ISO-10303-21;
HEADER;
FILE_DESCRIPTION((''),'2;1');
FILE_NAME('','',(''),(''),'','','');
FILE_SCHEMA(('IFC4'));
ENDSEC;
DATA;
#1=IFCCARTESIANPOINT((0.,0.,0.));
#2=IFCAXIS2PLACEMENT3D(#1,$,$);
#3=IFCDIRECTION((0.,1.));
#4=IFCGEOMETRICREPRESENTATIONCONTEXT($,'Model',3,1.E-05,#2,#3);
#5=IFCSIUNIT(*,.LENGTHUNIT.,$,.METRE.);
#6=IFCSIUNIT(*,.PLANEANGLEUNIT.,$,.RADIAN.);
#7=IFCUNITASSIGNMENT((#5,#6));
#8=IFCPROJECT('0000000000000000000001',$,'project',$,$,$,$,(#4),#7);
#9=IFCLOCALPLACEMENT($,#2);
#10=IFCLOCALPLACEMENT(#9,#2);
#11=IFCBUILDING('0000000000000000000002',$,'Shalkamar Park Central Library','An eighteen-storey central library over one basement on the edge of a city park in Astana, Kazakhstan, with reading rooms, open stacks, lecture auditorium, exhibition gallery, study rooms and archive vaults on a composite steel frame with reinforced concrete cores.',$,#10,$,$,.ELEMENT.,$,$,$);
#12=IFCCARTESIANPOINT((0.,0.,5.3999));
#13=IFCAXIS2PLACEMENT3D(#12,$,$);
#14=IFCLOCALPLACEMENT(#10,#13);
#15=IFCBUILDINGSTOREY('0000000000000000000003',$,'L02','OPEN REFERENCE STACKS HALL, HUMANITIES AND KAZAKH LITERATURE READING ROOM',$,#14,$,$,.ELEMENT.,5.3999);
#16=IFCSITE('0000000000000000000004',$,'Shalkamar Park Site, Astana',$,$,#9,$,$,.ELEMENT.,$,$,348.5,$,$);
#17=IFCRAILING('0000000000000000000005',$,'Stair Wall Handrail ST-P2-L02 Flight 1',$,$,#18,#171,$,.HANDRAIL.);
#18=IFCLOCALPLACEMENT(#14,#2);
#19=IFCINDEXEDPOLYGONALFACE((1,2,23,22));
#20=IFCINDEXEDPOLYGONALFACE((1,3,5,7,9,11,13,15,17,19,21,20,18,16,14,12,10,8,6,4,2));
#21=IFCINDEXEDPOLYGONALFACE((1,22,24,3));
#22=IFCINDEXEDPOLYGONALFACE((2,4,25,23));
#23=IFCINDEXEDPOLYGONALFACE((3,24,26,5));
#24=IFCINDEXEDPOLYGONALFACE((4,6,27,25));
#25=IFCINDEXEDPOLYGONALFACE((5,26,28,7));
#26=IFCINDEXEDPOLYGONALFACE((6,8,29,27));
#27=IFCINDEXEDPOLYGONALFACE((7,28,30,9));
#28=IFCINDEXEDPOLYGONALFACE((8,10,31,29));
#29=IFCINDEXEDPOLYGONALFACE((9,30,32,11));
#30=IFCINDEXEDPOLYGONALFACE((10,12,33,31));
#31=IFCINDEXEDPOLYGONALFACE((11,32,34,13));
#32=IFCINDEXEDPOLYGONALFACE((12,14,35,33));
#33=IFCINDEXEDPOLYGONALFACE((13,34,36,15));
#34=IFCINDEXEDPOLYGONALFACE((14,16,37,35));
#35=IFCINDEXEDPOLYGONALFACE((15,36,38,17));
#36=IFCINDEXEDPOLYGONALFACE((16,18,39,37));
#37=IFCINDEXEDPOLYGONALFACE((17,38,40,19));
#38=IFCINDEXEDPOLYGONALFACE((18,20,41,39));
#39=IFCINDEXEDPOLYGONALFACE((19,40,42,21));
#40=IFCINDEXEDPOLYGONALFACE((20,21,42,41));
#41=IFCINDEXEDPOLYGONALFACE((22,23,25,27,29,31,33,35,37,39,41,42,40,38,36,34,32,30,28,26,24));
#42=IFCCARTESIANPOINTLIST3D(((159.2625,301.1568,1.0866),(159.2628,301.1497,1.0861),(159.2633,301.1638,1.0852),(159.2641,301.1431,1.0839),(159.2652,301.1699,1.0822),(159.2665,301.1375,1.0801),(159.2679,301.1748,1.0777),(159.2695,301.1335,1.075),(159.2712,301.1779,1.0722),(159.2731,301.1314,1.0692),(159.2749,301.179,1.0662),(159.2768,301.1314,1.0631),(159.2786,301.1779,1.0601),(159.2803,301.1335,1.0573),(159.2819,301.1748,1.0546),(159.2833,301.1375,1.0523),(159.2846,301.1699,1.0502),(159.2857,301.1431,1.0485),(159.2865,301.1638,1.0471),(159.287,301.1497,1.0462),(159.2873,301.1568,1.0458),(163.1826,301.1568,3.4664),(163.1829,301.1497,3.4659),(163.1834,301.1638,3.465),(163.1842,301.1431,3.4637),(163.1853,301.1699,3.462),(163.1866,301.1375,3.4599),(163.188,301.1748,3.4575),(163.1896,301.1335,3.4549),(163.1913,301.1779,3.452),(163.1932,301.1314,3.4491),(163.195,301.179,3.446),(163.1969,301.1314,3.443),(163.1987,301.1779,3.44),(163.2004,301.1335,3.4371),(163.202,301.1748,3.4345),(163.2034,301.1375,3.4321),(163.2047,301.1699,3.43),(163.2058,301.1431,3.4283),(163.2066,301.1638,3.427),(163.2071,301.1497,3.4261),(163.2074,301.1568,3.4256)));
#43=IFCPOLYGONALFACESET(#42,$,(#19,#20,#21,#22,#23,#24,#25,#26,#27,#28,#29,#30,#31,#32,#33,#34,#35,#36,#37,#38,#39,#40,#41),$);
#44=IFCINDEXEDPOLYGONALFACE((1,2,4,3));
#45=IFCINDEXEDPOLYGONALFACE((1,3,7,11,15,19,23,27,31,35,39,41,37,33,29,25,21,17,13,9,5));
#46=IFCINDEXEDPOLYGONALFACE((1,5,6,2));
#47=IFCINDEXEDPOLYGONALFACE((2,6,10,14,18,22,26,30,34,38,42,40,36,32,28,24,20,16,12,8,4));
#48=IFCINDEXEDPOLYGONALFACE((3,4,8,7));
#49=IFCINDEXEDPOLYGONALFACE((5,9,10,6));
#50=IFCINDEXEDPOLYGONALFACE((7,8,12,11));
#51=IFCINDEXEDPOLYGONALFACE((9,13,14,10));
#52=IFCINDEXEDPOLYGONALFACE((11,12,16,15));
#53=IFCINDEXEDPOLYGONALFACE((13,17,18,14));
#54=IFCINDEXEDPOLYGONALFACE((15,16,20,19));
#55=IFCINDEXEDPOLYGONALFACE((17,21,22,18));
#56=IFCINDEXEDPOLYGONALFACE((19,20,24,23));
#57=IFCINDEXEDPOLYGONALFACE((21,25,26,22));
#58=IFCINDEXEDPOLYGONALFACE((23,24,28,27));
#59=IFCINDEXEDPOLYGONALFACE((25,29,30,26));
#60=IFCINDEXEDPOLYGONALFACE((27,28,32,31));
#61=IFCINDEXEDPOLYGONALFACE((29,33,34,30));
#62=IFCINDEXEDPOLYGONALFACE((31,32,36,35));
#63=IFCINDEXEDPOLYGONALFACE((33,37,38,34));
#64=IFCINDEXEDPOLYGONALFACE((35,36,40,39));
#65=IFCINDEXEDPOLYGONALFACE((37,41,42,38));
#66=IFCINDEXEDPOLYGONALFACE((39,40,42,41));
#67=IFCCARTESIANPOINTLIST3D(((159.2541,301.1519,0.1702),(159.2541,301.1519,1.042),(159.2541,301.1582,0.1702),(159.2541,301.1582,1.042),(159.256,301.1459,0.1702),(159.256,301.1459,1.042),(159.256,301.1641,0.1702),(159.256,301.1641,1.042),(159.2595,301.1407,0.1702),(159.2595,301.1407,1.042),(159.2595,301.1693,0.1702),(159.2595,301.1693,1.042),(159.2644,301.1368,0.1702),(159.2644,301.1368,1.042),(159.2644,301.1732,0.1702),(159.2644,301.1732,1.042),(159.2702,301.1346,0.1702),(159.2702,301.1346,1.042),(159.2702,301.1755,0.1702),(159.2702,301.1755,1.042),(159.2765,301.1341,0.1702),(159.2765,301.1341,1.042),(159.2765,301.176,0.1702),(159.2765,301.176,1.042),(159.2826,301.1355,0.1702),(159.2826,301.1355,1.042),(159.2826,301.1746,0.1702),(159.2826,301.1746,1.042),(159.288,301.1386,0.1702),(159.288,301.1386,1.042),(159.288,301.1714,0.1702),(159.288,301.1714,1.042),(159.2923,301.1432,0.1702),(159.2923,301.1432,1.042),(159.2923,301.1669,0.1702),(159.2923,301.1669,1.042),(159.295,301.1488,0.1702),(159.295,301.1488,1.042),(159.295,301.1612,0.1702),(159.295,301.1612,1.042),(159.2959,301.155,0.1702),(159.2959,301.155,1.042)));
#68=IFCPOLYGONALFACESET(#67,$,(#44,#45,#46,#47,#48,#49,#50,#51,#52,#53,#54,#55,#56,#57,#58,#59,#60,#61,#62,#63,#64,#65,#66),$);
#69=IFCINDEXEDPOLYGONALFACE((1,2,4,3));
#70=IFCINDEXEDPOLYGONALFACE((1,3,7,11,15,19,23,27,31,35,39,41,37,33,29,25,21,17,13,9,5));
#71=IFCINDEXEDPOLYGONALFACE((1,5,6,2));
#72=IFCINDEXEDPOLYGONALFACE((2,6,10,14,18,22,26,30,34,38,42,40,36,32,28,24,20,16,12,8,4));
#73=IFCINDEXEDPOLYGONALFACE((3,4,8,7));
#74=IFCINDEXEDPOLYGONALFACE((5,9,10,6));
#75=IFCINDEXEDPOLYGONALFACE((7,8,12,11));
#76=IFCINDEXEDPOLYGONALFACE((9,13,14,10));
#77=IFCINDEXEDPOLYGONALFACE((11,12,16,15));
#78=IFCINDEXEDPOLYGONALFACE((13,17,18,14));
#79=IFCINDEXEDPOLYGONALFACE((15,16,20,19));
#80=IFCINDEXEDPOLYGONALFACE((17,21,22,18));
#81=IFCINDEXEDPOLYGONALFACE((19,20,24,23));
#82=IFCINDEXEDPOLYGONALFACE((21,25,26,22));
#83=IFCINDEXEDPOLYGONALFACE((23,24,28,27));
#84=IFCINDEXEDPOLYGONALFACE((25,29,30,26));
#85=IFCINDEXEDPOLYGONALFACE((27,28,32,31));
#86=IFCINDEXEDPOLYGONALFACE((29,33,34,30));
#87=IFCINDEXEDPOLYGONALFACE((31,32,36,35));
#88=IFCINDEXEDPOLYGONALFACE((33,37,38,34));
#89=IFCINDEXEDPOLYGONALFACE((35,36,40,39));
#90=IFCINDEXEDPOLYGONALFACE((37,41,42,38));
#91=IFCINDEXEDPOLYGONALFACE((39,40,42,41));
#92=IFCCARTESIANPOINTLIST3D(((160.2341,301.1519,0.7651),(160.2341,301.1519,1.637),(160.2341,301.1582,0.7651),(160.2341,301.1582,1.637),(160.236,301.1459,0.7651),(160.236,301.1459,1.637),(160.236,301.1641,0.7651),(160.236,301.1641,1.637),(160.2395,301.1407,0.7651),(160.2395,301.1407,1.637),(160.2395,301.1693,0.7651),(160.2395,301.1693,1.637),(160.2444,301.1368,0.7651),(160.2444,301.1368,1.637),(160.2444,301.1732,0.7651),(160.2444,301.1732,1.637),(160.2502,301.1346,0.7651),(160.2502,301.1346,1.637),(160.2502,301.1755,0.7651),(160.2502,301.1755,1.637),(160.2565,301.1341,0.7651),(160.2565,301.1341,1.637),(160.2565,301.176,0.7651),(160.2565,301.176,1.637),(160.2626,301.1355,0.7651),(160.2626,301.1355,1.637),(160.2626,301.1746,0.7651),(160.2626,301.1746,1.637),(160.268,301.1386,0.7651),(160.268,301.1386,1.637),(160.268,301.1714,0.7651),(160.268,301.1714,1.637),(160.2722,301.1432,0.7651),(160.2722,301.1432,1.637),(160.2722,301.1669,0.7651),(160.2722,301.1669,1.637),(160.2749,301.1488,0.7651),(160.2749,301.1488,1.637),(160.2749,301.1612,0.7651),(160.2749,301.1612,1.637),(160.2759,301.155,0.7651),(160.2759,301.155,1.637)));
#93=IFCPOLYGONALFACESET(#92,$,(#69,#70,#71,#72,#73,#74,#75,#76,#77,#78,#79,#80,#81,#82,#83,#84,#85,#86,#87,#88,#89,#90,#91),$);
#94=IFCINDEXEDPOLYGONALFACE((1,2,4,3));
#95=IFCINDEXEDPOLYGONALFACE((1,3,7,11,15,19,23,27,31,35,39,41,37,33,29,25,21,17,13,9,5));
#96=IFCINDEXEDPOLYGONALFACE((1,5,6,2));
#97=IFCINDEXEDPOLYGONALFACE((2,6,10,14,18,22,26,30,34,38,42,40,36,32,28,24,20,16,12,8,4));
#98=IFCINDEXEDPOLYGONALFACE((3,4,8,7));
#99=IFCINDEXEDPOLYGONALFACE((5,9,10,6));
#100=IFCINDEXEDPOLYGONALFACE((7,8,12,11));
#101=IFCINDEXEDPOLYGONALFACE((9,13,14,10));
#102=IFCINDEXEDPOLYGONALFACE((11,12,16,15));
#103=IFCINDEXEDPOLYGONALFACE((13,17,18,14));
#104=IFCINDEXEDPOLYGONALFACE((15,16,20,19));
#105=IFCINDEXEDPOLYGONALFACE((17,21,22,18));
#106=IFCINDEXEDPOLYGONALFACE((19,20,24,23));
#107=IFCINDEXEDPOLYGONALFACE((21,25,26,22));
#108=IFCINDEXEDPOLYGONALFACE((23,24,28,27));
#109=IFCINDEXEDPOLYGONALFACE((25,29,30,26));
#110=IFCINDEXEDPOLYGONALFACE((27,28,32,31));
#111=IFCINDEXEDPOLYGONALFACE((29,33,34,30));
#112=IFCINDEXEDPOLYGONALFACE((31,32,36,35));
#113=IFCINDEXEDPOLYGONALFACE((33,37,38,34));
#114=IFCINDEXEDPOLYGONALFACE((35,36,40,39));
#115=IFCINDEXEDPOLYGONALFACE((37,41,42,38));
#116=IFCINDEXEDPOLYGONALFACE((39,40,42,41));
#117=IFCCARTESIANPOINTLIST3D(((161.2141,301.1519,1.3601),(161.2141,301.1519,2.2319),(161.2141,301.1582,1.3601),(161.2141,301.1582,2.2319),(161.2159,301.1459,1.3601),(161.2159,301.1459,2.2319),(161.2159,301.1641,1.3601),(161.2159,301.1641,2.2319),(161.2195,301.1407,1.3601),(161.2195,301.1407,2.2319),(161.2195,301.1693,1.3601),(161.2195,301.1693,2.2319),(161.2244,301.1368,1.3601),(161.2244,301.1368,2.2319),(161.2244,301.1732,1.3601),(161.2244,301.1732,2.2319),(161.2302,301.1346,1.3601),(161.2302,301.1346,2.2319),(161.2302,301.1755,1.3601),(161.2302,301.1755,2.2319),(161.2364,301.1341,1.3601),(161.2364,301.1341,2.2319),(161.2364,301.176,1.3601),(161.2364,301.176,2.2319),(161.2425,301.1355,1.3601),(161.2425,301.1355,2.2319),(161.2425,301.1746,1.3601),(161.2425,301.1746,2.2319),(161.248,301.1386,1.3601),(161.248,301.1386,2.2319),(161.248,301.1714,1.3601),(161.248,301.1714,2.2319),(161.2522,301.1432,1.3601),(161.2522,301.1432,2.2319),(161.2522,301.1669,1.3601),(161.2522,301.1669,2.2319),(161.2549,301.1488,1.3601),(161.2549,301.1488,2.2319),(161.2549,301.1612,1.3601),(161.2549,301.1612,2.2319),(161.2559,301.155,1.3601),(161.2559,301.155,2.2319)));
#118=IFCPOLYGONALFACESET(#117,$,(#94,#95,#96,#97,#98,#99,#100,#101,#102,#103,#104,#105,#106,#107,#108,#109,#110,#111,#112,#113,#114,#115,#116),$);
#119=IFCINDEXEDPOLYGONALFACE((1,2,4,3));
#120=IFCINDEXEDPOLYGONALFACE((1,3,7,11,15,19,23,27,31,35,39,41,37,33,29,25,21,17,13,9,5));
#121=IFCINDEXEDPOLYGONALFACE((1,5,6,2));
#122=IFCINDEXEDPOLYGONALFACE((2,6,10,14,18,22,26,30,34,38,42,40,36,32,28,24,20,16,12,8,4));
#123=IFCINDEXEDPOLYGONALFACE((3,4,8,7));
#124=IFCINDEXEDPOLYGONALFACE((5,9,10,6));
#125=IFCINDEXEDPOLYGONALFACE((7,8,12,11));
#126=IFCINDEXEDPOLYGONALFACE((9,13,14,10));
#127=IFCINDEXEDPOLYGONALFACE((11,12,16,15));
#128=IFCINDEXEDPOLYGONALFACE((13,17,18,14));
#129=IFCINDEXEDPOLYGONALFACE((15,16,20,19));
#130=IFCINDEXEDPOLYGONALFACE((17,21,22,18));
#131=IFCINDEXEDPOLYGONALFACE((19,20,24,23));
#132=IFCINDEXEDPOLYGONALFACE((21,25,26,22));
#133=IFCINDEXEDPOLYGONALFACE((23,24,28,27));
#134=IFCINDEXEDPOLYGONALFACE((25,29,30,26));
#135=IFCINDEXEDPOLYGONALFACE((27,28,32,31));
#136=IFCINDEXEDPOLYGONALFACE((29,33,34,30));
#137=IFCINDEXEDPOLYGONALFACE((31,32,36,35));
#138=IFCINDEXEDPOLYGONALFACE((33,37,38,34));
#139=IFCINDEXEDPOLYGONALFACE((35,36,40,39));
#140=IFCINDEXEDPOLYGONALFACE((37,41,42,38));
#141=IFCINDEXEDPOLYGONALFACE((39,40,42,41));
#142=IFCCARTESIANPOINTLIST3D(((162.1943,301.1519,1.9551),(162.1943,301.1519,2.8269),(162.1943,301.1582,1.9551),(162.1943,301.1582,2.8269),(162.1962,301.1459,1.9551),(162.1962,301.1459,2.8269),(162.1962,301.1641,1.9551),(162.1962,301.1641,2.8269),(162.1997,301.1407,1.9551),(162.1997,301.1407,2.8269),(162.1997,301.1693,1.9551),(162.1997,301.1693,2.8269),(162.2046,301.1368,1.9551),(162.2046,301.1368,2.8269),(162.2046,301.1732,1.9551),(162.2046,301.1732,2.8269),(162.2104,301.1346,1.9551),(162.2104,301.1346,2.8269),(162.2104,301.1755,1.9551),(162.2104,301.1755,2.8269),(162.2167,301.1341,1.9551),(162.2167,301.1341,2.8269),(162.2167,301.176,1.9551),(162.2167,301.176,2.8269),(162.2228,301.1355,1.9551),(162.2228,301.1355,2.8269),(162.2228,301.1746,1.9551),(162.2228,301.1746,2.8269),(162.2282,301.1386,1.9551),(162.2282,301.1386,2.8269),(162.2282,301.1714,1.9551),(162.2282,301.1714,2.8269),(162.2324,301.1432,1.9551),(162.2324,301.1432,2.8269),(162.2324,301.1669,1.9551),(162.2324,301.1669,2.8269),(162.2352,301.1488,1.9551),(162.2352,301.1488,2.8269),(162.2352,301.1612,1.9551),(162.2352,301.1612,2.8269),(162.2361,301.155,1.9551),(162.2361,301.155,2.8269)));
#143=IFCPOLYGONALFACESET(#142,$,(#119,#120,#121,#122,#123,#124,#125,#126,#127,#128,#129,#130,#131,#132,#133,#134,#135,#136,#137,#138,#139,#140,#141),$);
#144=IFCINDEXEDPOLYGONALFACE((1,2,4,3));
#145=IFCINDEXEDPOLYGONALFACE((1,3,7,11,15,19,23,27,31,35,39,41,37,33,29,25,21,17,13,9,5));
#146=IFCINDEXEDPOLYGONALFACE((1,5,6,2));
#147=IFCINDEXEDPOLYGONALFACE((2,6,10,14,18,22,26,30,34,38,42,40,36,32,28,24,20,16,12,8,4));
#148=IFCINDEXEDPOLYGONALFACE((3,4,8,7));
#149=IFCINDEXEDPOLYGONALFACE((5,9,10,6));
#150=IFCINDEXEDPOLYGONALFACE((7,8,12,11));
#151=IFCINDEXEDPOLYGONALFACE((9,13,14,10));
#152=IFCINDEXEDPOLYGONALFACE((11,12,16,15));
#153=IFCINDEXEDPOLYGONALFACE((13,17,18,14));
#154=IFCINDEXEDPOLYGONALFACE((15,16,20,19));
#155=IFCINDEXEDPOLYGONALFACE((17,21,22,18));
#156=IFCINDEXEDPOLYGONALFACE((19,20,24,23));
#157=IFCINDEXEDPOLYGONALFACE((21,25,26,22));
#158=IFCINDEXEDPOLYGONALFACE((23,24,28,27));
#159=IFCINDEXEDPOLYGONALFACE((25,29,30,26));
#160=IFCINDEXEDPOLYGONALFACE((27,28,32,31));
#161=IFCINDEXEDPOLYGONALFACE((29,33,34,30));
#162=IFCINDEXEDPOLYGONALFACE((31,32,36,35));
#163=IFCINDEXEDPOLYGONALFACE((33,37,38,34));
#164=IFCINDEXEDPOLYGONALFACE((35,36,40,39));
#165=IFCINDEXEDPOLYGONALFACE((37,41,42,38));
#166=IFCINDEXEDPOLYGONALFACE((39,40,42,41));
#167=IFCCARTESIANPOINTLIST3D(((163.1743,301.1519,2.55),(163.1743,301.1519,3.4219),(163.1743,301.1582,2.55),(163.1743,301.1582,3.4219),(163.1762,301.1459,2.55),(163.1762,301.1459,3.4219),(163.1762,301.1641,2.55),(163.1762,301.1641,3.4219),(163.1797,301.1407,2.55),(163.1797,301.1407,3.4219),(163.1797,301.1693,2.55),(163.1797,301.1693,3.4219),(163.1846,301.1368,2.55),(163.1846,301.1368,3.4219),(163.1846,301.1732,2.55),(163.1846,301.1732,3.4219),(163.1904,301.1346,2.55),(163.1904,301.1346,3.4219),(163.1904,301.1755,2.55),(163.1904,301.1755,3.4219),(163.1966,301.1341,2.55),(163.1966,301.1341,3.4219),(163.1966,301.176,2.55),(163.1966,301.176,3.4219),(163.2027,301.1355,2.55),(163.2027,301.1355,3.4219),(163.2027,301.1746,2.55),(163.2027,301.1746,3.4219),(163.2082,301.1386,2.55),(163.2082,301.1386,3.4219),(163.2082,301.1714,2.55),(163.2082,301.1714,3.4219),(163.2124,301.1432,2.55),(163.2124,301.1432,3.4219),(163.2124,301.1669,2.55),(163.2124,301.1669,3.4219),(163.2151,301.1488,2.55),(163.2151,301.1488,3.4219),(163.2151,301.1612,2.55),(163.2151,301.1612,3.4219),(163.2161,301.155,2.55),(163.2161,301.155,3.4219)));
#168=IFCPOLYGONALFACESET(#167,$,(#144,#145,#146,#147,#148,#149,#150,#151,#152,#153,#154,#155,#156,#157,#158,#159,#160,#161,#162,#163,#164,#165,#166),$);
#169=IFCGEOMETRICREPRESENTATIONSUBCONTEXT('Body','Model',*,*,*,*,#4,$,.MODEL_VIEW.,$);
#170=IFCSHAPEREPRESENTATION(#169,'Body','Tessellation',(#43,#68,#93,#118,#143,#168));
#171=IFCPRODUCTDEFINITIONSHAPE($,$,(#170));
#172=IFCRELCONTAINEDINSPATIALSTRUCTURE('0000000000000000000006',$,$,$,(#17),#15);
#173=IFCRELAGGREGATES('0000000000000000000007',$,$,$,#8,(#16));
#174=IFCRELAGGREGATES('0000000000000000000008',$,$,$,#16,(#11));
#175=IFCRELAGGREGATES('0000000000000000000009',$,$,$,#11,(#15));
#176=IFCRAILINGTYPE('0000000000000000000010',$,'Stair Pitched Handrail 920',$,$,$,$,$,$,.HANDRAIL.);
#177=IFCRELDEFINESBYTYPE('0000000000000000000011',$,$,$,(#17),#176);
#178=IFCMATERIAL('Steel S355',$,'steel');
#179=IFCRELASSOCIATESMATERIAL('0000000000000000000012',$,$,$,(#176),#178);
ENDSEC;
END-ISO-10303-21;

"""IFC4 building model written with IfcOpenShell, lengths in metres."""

from ifc_helpers import new_model, si_unit, direction, frame, origin, origin_2d, place, context, subcontext, project, spatial, circle, extrude, material, type_object, element, save


model = new_model("IFC4")

# Units and contexts
model_context = context("Model", 3, precision=1e-05, world=origin(), true_north=direction((0.0, 1.0)))
body_context = subcontext(model_context, "Body", "Model", "MODEL_VIEW")
ifc_project = project(units=[si_unit("LENGTHUNIT", "METRE"), si_unit("PLANEANGLEUNIT", "RADIAN")], contexts=[model_context])

# Site, building, storey
site_placement = place(None, origin())
site = spatial("IfcSite", under=ifc_project, at=site_placement, Name="Shalkamar Park Site, Astana", CompositionType="ELEMENT", RefElevation=348.5)
building_placement = place(site_placement, origin())
building = spatial("IfcBuilding", under=site, at=building_placement, Name="Shalkamar Park Central Library", Description="An eighteen-storey central library over one basement on the edge of a city park in Astana, Kazakhstan, with reading rooms, open stacks, lecture auditorium, exhibition gallery, study rooms and archive vaults on a composite steel frame with reinforced concrete cores.", CompositionType="ELEMENT")
storey_placement = place(building_placement, frame((0.0, 0.0, 5.3999)))
storey = spatial("IfcBuildingStorey", under=building, at=storey_placement, Name="L02", Description="OPEN REFERENCE STACKS HALL, HUMANITIES AND KAZAKH LITERATURE READING ROOM", CompositionType="ELEMENT", Elevation=5.3999)

# Shared definitions
ifc_material_1 = material(Name="Steel S355", Category="steel")

# Railing
railing_type_1 = type_object("IfcRailingType", Name="Stair Pitched Handrail 920", PredefinedType="HANDRAIL", material=ifc_material_1)
railing_1_placement = place(storey_placement, frame((159.2749, 301.155, 0.1702)))
element("IfcRailing", 1, at=railing_1_placement, inside=storey, type_object=railing_type_1, Name="Stair Wall Handrail ST-P2-L02 Flight 1", PredefinedType="HANDRAIL", context=body_context, shape_type="SweptSolid", body=[
    extrude(circle(Radius=0.0239, at=origin_2d()), frame((0.0, 0.0, 0.896), z_axis=(0.854809, 0.0, 0.518943), x_axis=(0.0, 1.0, 0.0)), (0.0, 0.0, 1.0), 4.5859),
    extrude(circle(Radius=0.021, at=origin_2d()), origin(), (0.0, 0.0, 1.0), 0.8718),
    extrude(circle(Radius=0.021, at=origin_2d()), frame((0.98, 0.0, 0.595)), (0.0, 0.0, 1.0), 0.8718),
    extrude(circle(Radius=0.021, at=origin_2d()), frame((1.96, 0.0, 1.1899)), (0.0, 0.0, 1.0), 0.8718),
    extrude(circle(Radius=0.021, at=origin_2d()), frame((2.9402, 0.0, 1.7849)), (0.0, 0.0, 1.0), 0.8718),
    extrude(circle(Radius=0.021, at=origin_2d()), frame((3.9202, 0.0, 2.3799)), (0.0, 0.0, 1.0), 0.8718),
])

save(model, "model.ifc")
